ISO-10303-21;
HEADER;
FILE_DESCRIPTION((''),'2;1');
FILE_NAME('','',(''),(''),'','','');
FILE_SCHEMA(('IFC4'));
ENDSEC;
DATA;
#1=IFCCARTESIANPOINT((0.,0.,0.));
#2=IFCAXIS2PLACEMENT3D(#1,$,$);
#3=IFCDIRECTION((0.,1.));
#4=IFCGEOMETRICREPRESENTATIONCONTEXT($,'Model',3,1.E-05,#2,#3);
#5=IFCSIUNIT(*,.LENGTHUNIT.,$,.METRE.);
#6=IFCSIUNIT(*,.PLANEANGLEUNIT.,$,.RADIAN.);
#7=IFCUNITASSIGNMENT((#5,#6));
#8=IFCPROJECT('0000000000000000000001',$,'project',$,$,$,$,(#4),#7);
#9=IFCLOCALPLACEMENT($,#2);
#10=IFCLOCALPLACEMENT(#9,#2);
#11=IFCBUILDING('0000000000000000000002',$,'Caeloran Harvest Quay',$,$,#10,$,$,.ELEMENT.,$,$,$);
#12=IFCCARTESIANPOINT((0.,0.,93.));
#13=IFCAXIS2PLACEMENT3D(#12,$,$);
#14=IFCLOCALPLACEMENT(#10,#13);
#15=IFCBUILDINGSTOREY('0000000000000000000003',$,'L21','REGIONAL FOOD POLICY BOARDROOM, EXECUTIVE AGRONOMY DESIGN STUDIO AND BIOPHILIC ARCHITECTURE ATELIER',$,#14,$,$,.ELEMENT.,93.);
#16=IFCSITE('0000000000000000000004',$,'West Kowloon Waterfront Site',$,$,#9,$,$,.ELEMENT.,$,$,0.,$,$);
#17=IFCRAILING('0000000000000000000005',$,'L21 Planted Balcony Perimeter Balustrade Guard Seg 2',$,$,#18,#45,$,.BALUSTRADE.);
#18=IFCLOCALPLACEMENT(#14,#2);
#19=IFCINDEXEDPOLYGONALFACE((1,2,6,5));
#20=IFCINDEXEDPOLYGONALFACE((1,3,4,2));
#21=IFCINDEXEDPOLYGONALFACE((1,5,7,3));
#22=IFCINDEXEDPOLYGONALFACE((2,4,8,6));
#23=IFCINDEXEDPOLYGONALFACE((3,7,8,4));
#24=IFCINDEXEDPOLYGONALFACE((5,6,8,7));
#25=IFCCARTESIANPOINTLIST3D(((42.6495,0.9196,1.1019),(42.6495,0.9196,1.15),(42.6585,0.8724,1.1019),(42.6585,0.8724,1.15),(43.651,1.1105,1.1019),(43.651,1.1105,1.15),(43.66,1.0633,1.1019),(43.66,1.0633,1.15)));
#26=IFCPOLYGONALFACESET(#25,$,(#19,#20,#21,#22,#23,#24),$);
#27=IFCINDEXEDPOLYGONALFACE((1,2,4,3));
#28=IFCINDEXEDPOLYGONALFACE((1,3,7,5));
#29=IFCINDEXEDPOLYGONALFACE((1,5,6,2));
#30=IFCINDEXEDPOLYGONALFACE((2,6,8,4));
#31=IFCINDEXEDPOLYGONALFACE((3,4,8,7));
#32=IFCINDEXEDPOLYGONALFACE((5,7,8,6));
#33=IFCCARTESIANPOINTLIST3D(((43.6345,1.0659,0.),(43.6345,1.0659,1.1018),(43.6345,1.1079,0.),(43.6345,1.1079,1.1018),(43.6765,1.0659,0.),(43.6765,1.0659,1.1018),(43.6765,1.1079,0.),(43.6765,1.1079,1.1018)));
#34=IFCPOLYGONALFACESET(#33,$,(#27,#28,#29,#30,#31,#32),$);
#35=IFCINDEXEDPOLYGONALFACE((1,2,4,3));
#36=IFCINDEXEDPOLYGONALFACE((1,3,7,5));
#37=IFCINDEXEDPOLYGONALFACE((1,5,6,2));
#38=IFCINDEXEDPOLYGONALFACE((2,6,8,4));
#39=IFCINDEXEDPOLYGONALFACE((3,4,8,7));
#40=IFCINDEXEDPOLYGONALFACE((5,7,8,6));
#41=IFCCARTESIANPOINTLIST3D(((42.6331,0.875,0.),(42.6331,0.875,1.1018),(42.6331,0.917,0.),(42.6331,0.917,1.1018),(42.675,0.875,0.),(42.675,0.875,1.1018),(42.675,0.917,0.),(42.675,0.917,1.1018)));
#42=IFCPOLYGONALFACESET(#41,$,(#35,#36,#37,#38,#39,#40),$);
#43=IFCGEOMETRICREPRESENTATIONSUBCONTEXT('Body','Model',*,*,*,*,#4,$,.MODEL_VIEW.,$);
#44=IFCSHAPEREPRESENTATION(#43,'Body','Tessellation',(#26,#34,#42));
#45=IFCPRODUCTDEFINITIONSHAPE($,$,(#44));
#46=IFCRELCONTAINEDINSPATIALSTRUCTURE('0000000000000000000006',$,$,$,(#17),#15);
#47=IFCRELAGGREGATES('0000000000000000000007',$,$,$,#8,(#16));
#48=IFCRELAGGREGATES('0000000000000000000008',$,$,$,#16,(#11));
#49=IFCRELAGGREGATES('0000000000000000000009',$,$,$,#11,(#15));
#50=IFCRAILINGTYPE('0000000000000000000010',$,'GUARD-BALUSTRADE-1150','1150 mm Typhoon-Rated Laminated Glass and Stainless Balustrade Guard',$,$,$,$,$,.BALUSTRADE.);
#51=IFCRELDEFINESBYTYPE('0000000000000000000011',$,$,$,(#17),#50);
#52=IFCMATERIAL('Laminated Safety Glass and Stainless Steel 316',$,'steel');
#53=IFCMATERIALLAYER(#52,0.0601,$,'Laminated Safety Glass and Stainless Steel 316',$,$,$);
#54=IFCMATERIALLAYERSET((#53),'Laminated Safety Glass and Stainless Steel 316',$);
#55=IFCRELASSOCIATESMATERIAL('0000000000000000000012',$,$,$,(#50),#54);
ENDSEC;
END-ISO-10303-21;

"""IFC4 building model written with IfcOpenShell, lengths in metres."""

from ifc_helpers import new_model, si_unit, direction, frame, origin, origin_2d, place, context, subcontext, project, spatial, rectangle, extrude, material, layer, layer_set, type_object, element, save


model = new_model("IFC4")

# Units and contexts
model_context = context("Model", 3, precision=1e-05, world=origin(), true_north=direction((0.0, 1.0)))
body_context = subcontext(model_context, "Body", "Model", "MODEL_VIEW")
ifc_project = project(units=[si_unit("LENGTHUNIT", "METRE"), si_unit("PLANEANGLEUNIT", "RADIAN")], contexts=[model_context])

# Site, building, storey
site_placement = place(None, origin())
site = spatial("IfcSite", under=ifc_project, at=site_placement, Name="West Kowloon Waterfront Site", CompositionType="ELEMENT", RefElevation=0.0)
building_placement = place(site_placement, origin())
building = spatial("IfcBuilding", under=site, at=building_placement, Name="Caeloran Harvest Quay", CompositionType="ELEMENT")
storey_placement = place(building_placement, frame((0.0, 0.0, 93.0)))
storey = spatial("IfcBuildingStorey", under=building, at=storey_placement, Name="L21", Description="REGIONAL FOOD POLICY BOARDROOM, EXECUTIVE AGRONOMY DESIGN STUDIO AND BIOPHILIC ARCHITECTURE ATELIER", CompositionType="ELEMENT", Elevation=93.0)

# Railing
ifc_material_1 = material(Name="Laminated Safety Glass and Stainless Steel 316", Category="steel")
ifc_layer_1 = layer(ifc_material_1, 0.0601, Name="Laminated Safety Glass and Stainless Steel 316")
ifc_layer_set_1 = layer_set([ifc_layer_1], Name="Laminated Safety Glass and Stainless Steel 316")
railing_type = type_object("IfcRailingType", Name="GUARD-BALUSTRADE-1150", Description="1150 mm Typhoon-Rated Laminated Glass and Stainless Balustrade Guard", PredefinedType="BALUSTRADE", material=ifc_layer_set_1)
railing_1_placement = place(storey_placement, frame((43.6555, 1.0869, 0.0)))
element("IfcRailing", 1, at=railing_1_placement, inside=storey, type_object=railing_type, Name="L21 Planted Balcony Perimeter Balustrade Guard Seg 2", PredefinedType="BALUSTRADE", context=body_context, shape_type="SweptSolid", body=[
    extrude(rectangle(XDim=0.0481, YDim=0.0481, at=origin_2d()), frame((0.0, 0.0, 1.126), z_axis=(-0.982309, -0.187266, 0.0), x_axis=(0.187266, -0.982309, 0.0)), (0.0, 0.0, 1.0), 1.0195),
    extrude(rectangle(XDim=0.042, YDim=0.042, at=origin_2d()), origin(), (0.0, 0.0, 1.0), 1.1018),
    extrude(rectangle(XDim=0.042, YDim=0.042, at=origin_2d()), frame((-1.0015, -0.1909, 0.0)), (0.0, 0.0, 1.0), 1.1018),
])

save(model, "model.ifc")
